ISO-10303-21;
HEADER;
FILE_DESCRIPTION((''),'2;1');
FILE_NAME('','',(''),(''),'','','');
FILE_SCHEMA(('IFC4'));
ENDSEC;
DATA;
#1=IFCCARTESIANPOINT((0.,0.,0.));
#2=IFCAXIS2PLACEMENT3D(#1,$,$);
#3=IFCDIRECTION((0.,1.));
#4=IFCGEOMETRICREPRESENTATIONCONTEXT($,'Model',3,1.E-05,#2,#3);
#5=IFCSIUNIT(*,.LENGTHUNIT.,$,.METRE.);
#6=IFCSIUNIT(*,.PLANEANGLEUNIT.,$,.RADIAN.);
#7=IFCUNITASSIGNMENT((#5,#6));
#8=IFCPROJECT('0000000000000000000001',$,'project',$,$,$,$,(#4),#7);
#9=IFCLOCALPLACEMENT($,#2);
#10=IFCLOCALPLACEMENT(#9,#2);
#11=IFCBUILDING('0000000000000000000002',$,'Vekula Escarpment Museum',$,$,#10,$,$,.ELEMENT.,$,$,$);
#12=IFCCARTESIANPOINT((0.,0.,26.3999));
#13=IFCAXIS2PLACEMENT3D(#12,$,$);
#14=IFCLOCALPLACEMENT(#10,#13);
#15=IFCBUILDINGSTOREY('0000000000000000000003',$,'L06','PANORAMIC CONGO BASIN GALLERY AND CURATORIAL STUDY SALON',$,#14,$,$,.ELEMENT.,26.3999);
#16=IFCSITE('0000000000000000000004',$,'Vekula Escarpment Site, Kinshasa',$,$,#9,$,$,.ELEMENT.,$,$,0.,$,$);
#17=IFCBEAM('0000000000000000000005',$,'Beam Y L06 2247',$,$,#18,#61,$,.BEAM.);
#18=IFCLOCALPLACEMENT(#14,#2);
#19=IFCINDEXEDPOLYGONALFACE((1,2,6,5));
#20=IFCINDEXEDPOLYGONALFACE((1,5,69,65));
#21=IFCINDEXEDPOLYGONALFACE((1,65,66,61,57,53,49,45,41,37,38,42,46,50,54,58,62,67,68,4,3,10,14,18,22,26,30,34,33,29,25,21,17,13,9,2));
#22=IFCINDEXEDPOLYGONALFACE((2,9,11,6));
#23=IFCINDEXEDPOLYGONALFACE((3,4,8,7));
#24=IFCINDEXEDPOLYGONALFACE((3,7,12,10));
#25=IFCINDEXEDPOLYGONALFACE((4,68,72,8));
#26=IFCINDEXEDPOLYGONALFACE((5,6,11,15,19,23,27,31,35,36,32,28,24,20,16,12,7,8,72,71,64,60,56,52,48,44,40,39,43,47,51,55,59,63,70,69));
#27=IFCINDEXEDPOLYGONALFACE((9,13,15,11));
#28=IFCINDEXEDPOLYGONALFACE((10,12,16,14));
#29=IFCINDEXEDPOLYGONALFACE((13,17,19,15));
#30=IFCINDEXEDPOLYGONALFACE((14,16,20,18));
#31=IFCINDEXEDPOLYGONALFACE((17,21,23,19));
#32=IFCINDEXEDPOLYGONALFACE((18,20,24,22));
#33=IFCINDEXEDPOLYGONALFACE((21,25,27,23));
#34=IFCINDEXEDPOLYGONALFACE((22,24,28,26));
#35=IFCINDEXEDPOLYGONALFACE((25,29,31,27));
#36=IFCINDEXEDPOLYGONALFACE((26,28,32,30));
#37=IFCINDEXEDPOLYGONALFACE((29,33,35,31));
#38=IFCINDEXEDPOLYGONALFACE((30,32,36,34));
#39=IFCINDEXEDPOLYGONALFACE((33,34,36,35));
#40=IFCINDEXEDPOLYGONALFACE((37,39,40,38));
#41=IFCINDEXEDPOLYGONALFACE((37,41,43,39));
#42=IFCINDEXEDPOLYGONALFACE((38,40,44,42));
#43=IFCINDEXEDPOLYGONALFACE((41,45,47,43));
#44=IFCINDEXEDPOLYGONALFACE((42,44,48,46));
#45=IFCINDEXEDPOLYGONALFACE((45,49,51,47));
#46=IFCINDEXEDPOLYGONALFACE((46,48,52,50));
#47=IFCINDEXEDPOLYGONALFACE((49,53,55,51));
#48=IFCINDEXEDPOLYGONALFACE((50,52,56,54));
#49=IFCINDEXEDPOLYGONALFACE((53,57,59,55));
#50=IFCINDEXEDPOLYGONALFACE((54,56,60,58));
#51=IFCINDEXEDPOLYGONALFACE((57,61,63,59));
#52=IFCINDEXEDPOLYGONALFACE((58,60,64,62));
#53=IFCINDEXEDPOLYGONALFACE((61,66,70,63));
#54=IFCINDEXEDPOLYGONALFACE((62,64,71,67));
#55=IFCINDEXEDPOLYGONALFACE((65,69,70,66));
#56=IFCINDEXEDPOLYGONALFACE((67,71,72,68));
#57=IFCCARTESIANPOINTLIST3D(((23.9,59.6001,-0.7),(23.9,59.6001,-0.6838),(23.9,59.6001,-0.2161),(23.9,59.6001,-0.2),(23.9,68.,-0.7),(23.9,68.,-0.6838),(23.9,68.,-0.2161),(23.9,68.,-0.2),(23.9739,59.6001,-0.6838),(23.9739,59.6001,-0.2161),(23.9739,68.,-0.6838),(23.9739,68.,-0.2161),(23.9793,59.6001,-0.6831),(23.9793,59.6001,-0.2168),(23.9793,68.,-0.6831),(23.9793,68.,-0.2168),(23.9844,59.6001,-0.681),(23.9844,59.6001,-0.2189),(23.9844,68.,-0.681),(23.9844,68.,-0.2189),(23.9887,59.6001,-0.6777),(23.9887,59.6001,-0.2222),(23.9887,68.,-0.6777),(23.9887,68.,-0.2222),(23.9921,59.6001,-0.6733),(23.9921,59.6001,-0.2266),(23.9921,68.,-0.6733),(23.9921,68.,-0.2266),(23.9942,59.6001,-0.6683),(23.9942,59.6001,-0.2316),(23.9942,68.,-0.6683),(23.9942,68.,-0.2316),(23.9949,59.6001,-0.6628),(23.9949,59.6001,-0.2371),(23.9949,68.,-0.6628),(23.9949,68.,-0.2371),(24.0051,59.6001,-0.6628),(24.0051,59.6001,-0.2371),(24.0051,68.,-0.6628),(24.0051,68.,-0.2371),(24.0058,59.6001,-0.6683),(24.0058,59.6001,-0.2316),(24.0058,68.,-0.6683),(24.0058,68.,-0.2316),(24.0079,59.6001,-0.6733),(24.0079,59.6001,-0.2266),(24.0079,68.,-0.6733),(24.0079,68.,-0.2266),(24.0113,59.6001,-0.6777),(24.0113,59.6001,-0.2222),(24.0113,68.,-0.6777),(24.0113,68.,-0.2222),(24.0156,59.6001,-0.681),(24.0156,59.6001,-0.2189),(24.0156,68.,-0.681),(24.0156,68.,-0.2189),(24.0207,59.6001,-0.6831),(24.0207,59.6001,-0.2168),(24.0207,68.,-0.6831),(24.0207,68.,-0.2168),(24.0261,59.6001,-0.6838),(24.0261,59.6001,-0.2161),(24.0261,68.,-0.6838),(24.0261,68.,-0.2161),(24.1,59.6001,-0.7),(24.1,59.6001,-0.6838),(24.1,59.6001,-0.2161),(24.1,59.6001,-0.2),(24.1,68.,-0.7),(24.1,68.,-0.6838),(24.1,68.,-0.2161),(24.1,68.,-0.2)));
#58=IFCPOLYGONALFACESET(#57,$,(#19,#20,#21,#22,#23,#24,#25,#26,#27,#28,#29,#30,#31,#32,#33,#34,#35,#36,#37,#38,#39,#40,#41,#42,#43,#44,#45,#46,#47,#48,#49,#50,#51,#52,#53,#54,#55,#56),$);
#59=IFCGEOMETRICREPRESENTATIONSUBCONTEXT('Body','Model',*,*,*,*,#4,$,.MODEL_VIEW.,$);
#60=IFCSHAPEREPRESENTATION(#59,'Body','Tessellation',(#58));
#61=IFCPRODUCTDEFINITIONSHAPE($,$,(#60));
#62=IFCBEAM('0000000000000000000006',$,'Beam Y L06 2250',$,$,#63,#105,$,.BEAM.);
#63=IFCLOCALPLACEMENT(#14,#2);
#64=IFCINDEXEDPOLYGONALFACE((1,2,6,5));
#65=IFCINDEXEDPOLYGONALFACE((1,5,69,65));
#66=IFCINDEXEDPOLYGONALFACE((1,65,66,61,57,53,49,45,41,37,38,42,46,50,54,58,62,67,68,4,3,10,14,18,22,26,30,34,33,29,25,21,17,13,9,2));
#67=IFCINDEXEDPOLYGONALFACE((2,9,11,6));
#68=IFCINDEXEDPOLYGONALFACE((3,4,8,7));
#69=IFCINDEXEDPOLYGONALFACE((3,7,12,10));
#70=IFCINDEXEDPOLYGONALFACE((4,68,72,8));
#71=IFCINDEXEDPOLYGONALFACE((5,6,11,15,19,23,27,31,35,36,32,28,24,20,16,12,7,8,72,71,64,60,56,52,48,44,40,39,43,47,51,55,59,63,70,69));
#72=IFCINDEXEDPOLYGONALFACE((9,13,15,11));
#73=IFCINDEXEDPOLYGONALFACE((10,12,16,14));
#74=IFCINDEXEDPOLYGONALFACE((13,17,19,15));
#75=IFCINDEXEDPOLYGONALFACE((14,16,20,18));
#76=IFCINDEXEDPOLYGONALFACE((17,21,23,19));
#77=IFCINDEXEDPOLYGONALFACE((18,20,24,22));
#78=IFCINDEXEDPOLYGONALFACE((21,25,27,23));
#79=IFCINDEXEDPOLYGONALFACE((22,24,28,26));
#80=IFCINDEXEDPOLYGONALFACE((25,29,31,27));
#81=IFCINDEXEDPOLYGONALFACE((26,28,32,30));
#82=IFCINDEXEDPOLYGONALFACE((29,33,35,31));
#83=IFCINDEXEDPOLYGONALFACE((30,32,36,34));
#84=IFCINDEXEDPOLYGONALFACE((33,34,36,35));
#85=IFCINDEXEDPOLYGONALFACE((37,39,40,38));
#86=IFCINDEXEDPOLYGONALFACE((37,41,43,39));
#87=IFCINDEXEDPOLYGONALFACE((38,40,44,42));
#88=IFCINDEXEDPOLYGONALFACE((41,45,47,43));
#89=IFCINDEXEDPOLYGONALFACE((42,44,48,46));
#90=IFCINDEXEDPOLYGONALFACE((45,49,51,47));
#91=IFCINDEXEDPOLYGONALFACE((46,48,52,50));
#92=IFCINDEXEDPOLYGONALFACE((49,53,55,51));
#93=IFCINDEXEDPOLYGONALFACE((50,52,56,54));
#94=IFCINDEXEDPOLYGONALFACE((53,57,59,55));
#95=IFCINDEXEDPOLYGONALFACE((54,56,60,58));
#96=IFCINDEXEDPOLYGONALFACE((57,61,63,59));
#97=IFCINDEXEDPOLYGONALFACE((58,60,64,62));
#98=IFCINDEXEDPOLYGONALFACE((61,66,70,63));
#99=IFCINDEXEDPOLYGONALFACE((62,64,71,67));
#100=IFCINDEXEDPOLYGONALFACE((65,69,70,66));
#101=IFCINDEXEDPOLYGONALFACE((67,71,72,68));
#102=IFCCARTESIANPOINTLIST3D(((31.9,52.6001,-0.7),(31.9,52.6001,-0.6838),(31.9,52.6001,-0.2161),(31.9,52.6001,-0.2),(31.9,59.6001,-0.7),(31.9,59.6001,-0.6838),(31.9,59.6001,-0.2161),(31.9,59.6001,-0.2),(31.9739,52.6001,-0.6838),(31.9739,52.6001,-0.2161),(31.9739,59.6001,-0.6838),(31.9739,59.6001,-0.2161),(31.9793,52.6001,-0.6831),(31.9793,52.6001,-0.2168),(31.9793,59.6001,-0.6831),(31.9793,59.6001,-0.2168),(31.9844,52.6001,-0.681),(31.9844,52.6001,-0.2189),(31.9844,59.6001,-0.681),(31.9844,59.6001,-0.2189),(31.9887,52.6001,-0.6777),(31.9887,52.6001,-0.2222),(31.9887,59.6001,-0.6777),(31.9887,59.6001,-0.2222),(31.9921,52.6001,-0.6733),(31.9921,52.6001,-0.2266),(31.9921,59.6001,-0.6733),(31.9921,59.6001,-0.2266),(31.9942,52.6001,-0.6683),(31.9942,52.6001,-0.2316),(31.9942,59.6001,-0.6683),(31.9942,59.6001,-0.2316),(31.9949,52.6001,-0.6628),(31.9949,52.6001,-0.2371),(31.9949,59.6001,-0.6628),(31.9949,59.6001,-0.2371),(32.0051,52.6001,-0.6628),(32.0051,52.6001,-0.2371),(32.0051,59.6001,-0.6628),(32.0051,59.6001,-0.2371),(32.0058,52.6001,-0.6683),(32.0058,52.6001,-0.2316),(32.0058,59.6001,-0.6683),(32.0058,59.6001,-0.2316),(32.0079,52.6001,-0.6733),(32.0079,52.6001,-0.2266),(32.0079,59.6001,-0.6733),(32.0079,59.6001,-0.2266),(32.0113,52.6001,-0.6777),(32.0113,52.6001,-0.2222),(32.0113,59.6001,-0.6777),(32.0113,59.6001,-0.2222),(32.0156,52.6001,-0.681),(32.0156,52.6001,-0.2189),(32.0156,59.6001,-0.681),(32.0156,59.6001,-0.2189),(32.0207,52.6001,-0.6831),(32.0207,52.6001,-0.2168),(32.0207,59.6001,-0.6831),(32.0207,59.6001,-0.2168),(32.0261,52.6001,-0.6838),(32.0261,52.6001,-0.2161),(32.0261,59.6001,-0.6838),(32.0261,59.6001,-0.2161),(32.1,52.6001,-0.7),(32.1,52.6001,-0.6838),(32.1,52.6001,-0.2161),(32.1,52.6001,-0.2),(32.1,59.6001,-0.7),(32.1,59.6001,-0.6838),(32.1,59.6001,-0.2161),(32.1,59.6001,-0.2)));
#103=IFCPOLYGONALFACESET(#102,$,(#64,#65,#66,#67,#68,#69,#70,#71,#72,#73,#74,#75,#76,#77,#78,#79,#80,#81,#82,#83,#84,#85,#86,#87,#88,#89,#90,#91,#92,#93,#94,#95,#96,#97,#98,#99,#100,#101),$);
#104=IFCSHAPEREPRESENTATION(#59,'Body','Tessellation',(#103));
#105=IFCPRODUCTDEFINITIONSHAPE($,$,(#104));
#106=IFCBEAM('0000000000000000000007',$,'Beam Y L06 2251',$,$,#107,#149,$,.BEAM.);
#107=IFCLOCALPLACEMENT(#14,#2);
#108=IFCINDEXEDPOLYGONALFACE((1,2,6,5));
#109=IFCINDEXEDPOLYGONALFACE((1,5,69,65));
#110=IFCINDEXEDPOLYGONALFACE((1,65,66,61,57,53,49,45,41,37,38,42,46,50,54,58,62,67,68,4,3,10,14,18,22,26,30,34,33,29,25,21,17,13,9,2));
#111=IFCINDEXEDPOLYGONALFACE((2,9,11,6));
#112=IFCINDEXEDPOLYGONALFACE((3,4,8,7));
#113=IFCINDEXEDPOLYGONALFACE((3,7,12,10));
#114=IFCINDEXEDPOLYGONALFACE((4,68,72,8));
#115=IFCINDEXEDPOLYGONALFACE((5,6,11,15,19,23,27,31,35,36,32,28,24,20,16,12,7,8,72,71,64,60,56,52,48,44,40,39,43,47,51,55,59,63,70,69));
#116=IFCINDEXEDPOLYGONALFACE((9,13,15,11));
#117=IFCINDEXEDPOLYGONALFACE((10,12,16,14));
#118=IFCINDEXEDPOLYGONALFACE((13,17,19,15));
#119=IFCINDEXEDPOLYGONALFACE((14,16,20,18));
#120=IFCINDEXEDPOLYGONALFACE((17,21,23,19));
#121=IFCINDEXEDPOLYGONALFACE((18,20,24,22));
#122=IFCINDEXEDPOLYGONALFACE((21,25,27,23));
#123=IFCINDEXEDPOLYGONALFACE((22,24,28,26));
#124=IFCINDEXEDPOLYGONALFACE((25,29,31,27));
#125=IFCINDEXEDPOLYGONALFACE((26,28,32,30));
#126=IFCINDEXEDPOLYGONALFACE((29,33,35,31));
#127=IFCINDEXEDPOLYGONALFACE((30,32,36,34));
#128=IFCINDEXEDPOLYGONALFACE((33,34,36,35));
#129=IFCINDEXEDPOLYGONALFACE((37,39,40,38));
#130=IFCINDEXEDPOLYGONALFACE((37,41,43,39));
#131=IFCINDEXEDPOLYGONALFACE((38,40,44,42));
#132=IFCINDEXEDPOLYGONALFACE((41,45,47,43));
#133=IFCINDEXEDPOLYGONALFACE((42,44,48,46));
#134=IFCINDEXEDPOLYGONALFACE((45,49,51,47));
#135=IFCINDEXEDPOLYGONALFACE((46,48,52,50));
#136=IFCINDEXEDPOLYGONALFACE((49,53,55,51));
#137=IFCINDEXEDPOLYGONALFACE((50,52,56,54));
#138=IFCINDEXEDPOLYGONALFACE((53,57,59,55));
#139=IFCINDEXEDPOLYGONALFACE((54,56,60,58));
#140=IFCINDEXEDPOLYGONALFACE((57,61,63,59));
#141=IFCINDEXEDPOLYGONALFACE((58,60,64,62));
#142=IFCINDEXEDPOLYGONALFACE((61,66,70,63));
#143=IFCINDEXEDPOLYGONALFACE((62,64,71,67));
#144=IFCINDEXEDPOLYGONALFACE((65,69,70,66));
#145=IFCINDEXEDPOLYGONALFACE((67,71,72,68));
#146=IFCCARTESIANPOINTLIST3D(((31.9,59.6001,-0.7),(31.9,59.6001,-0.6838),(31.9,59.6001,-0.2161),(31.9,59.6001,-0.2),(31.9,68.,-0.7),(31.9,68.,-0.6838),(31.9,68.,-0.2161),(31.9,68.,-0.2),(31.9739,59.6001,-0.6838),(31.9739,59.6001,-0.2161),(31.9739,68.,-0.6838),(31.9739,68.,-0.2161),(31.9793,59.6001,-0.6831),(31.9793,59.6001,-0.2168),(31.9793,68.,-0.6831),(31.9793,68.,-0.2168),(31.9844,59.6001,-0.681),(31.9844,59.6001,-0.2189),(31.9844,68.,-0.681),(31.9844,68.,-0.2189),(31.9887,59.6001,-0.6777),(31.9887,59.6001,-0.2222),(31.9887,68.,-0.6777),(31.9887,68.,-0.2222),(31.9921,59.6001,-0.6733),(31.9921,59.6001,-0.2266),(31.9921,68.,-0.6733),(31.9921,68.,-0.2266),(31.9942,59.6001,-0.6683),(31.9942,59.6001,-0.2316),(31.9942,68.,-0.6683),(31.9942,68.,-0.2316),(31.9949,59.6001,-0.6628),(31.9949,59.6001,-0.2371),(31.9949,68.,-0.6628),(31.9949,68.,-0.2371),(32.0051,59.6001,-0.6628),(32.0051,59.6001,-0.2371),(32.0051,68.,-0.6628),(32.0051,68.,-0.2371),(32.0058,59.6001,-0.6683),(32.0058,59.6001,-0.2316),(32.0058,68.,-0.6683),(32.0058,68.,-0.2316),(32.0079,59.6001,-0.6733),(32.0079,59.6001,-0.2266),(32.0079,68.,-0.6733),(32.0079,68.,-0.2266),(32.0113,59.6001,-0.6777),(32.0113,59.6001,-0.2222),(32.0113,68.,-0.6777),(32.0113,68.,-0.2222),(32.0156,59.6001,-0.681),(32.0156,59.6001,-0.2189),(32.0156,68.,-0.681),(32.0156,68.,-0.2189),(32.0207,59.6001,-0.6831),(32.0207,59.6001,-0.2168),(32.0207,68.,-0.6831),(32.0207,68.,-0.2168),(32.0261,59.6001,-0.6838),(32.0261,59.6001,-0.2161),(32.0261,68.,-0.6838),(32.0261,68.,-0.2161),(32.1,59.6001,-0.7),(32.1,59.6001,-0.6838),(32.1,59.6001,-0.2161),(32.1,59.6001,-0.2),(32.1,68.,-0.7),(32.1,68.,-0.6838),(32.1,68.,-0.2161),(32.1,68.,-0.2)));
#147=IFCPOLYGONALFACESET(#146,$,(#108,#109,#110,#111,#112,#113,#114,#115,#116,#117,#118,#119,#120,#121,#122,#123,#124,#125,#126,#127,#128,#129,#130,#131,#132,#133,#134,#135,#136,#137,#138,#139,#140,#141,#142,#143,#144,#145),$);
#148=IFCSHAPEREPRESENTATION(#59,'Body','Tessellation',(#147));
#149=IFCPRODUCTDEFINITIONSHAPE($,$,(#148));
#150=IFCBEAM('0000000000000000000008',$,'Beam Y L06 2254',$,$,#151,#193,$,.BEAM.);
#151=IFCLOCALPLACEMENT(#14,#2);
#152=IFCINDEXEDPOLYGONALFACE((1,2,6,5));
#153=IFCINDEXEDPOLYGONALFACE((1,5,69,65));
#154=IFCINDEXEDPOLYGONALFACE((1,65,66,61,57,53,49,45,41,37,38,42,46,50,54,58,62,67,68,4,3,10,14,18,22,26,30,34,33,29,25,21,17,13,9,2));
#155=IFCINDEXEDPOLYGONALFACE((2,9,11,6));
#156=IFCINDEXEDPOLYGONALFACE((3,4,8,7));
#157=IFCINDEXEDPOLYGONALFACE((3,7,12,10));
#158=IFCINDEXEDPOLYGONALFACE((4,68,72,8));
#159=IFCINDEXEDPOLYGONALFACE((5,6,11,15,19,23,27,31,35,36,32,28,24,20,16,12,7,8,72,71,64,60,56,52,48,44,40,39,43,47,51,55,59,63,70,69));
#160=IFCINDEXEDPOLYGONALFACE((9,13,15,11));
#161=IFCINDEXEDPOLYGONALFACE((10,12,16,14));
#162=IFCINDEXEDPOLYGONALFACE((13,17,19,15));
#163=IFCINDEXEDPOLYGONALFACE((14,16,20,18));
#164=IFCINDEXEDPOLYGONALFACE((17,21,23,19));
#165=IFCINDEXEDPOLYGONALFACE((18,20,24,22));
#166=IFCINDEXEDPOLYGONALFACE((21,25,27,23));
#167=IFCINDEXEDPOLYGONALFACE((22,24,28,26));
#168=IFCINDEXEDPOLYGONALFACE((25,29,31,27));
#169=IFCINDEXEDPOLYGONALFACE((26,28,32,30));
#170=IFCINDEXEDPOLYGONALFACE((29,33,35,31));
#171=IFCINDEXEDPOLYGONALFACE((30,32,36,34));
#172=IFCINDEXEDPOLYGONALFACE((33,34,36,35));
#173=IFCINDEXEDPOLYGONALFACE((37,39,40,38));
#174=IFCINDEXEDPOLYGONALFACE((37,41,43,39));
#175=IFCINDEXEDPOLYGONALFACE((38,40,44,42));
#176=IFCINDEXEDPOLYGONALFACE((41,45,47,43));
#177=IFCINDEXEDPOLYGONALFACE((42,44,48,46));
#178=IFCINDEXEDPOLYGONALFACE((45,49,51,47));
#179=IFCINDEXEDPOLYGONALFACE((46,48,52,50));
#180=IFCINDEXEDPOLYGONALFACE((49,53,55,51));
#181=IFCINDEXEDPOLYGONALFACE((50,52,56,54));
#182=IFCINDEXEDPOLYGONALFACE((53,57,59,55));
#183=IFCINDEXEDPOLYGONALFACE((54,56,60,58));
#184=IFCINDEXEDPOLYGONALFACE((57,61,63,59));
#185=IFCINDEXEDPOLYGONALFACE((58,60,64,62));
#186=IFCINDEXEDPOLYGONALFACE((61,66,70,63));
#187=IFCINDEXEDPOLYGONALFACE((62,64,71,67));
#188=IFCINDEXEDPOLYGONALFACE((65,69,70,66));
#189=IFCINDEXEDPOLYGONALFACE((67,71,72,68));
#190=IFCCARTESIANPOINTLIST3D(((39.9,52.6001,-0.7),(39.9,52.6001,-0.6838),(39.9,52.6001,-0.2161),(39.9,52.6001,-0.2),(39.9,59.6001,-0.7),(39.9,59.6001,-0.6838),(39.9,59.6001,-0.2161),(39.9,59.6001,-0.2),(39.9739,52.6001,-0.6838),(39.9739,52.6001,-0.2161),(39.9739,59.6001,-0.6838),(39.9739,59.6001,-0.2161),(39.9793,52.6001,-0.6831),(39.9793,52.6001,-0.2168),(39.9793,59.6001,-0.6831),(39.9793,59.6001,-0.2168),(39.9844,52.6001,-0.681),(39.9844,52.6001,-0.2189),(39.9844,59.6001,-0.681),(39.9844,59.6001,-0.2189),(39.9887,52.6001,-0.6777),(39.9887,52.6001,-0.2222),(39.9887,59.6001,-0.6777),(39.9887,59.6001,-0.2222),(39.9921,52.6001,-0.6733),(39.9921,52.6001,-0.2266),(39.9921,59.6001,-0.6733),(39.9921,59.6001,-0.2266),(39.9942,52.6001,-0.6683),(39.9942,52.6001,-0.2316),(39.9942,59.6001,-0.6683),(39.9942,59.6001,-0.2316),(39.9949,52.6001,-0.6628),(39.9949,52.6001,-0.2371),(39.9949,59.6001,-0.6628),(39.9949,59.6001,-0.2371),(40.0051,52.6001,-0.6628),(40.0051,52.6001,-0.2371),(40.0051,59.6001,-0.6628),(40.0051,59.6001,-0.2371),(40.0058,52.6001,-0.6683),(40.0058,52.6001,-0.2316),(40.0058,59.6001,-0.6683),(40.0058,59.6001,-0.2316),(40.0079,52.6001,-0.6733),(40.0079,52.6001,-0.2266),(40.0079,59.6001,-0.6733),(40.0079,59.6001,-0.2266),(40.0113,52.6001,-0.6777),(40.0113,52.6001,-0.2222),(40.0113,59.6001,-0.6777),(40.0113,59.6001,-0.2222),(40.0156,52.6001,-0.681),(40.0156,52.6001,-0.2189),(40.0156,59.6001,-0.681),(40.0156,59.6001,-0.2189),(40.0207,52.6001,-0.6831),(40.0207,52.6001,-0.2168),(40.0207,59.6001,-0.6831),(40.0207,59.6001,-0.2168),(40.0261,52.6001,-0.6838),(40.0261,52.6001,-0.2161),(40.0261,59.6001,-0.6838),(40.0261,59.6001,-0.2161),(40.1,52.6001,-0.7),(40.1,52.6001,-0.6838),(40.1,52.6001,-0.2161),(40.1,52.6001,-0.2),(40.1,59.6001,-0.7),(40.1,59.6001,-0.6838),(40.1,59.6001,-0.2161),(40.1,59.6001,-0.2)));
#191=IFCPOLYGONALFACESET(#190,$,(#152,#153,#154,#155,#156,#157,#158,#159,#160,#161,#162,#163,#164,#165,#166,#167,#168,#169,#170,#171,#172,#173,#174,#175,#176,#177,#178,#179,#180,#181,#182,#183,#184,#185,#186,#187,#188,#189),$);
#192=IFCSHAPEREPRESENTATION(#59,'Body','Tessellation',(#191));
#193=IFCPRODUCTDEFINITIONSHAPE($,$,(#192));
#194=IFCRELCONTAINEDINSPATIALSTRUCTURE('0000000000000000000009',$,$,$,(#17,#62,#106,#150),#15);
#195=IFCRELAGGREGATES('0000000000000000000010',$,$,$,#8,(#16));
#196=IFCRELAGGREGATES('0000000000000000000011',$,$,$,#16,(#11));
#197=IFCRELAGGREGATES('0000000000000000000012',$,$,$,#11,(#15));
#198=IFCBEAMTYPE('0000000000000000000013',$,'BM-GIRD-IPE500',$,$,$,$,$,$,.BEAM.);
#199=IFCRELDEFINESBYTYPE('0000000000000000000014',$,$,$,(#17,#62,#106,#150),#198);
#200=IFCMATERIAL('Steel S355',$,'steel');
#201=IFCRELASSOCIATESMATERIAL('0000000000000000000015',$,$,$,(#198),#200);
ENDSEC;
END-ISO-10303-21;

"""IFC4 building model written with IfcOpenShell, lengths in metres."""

from ifc_helpers import new_model, si_unit, direction, frame, origin, origin_2d, place, context, subcontext, project, spatial, i_section, extrude, material, material_profile, profile_set, type_object, element, save


model = new_model("IFC4")

# Units and contexts
model_context = context("Model", 3, precision=1e-05, world=origin(), true_north=direction((0.0, 1.0)))
body_context = subcontext(model_context, "Body", "Model", "MODEL_VIEW")
ifc_project = project(units=[si_unit("LENGTHUNIT", "METRE"), si_unit("PLANEANGLEUNIT", "RADIAN")], contexts=[model_context])

# Site, building, storey
site_placement = place(None, origin())
site = spatial("IfcSite", under=ifc_project, at=site_placement, Name="Vekula Escarpment Site, Kinshasa", CompositionType="ELEMENT", RefElevation=0.0)
building_placement = place(site_placement, origin())
building = spatial("IfcBuilding", under=site, at=building_placement, Name="Vekula Escarpment Museum", CompositionType="ELEMENT")
storey_placement = place(building_placement, frame((0.0, 0.0, 26.3999)))
storey = spatial("IfcBuildingStorey", under=building, at=storey_placement, Name="L06", Description="PANORAMIC CONGO BASIN GALLERY AND CURATORIAL STUDY SALON", CompositionType="ELEMENT", Elevation=26.3999)

# Beams
ifc_material_1 = material(Name="Steel S355", Category="steel")
ifc_material_profile_1 = material_profile(ifc_material_1, i_section(OverallWidth=0.2, OverallDepth=0.5, WebThickness=0.0103, FlangeThickness=0.0161, FilletRadius=0.021, at=origin_2d()), Name="IPE 500")
ifc_profile_set_1 = profile_set([ifc_material_profile_1], Name="Steel S355")
beam_type_1 = type_object("IfcBeamType", Name="BM-GIRD-IPE500", PredefinedType="BEAM", material=ifc_profile_set_1)
beam_1_placement = place(storey_placement, frame((24.0, 59.6001, -0.45), z_axis=(0.0, 1.0, 0.0), x_axis=(-1.0, 0.0, 0.0)))
element("IfcBeam", 1, at=beam_1_placement, inside=storey, type_object=beam_type_1, Name="Beam Y L06 2247", PredefinedType="BEAM", context=body_context, shape_type="SweptSolid", body=[
    extrude(i_section(OverallWidth=0.2, OverallDepth=0.5, WebThickness=0.0103, FlangeThickness=0.0161, FilletRadius=0.021, at=origin_2d()), origin(), (0.0, 0.0, 1.0), 8.3999),
])
beam_2_placement = place(storey_placement, frame((32.0, 52.6001, -0.45), z_axis=(0.0, 1.0, 0.0), x_axis=(-1.0, 0.0, 0.0)))
element("IfcBeam", 2, at=beam_2_placement, inside=storey, type_object=beam_type_1, Name="Beam Y L06 2250", PredefinedType="BEAM", context=body_context, shape_type="SweptSolid", body=[
    extrude(i_section(OverallWidth=0.2, OverallDepth=0.5, WebThickness=0.0103, FlangeThickness=0.0161, FilletRadius=0.021, at=origin_2d()), origin(), (0.0, 0.0, 1.0), 7.0),
])
beam_3_placement = place(storey_placement, frame((32.0, 59.6001, -0.45), z_axis=(0.0, 1.0, 0.0), x_axis=(-1.0, 0.0, 0.0)))
element("IfcBeam", 3, at=beam_3_placement, inside=storey, type_object=beam_type_1, Name="Beam Y L06 2251", PredefinedType="BEAM", context=body_context, shape_type="SweptSolid", body=[
    extrude(i_section(OverallWidth=0.2, OverallDepth=0.5, WebThickness=0.0103, FlangeThickness=0.0161, FilletRadius=0.021, at=origin_2d()), origin(), (0.0, 0.0, 1.0), 8.3999),
])
beam_4_placement = place(storey_placement, frame((40.0, 52.6001, -0.45), z_axis=(0.0, 1.0, 0.0), x_axis=(-1.0, 0.0, 0.0)))
element("IfcBeam", 4, at=beam_4_placement, inside=storey, type_object=beam_type_1, Name="Beam Y L06 2254", PredefinedType="BEAM", context=body_context, shape_type="SweptSolid", body=[
    extrude(i_section(OverallWidth=0.2, OverallDepth=0.5, WebThickness=0.0103, FlangeThickness=0.0161, FilletRadius=0.021, at=origin_2d()), origin(), (0.0, 0.0, 1.0), 7.0),
])

save(model, "model.ifc")
